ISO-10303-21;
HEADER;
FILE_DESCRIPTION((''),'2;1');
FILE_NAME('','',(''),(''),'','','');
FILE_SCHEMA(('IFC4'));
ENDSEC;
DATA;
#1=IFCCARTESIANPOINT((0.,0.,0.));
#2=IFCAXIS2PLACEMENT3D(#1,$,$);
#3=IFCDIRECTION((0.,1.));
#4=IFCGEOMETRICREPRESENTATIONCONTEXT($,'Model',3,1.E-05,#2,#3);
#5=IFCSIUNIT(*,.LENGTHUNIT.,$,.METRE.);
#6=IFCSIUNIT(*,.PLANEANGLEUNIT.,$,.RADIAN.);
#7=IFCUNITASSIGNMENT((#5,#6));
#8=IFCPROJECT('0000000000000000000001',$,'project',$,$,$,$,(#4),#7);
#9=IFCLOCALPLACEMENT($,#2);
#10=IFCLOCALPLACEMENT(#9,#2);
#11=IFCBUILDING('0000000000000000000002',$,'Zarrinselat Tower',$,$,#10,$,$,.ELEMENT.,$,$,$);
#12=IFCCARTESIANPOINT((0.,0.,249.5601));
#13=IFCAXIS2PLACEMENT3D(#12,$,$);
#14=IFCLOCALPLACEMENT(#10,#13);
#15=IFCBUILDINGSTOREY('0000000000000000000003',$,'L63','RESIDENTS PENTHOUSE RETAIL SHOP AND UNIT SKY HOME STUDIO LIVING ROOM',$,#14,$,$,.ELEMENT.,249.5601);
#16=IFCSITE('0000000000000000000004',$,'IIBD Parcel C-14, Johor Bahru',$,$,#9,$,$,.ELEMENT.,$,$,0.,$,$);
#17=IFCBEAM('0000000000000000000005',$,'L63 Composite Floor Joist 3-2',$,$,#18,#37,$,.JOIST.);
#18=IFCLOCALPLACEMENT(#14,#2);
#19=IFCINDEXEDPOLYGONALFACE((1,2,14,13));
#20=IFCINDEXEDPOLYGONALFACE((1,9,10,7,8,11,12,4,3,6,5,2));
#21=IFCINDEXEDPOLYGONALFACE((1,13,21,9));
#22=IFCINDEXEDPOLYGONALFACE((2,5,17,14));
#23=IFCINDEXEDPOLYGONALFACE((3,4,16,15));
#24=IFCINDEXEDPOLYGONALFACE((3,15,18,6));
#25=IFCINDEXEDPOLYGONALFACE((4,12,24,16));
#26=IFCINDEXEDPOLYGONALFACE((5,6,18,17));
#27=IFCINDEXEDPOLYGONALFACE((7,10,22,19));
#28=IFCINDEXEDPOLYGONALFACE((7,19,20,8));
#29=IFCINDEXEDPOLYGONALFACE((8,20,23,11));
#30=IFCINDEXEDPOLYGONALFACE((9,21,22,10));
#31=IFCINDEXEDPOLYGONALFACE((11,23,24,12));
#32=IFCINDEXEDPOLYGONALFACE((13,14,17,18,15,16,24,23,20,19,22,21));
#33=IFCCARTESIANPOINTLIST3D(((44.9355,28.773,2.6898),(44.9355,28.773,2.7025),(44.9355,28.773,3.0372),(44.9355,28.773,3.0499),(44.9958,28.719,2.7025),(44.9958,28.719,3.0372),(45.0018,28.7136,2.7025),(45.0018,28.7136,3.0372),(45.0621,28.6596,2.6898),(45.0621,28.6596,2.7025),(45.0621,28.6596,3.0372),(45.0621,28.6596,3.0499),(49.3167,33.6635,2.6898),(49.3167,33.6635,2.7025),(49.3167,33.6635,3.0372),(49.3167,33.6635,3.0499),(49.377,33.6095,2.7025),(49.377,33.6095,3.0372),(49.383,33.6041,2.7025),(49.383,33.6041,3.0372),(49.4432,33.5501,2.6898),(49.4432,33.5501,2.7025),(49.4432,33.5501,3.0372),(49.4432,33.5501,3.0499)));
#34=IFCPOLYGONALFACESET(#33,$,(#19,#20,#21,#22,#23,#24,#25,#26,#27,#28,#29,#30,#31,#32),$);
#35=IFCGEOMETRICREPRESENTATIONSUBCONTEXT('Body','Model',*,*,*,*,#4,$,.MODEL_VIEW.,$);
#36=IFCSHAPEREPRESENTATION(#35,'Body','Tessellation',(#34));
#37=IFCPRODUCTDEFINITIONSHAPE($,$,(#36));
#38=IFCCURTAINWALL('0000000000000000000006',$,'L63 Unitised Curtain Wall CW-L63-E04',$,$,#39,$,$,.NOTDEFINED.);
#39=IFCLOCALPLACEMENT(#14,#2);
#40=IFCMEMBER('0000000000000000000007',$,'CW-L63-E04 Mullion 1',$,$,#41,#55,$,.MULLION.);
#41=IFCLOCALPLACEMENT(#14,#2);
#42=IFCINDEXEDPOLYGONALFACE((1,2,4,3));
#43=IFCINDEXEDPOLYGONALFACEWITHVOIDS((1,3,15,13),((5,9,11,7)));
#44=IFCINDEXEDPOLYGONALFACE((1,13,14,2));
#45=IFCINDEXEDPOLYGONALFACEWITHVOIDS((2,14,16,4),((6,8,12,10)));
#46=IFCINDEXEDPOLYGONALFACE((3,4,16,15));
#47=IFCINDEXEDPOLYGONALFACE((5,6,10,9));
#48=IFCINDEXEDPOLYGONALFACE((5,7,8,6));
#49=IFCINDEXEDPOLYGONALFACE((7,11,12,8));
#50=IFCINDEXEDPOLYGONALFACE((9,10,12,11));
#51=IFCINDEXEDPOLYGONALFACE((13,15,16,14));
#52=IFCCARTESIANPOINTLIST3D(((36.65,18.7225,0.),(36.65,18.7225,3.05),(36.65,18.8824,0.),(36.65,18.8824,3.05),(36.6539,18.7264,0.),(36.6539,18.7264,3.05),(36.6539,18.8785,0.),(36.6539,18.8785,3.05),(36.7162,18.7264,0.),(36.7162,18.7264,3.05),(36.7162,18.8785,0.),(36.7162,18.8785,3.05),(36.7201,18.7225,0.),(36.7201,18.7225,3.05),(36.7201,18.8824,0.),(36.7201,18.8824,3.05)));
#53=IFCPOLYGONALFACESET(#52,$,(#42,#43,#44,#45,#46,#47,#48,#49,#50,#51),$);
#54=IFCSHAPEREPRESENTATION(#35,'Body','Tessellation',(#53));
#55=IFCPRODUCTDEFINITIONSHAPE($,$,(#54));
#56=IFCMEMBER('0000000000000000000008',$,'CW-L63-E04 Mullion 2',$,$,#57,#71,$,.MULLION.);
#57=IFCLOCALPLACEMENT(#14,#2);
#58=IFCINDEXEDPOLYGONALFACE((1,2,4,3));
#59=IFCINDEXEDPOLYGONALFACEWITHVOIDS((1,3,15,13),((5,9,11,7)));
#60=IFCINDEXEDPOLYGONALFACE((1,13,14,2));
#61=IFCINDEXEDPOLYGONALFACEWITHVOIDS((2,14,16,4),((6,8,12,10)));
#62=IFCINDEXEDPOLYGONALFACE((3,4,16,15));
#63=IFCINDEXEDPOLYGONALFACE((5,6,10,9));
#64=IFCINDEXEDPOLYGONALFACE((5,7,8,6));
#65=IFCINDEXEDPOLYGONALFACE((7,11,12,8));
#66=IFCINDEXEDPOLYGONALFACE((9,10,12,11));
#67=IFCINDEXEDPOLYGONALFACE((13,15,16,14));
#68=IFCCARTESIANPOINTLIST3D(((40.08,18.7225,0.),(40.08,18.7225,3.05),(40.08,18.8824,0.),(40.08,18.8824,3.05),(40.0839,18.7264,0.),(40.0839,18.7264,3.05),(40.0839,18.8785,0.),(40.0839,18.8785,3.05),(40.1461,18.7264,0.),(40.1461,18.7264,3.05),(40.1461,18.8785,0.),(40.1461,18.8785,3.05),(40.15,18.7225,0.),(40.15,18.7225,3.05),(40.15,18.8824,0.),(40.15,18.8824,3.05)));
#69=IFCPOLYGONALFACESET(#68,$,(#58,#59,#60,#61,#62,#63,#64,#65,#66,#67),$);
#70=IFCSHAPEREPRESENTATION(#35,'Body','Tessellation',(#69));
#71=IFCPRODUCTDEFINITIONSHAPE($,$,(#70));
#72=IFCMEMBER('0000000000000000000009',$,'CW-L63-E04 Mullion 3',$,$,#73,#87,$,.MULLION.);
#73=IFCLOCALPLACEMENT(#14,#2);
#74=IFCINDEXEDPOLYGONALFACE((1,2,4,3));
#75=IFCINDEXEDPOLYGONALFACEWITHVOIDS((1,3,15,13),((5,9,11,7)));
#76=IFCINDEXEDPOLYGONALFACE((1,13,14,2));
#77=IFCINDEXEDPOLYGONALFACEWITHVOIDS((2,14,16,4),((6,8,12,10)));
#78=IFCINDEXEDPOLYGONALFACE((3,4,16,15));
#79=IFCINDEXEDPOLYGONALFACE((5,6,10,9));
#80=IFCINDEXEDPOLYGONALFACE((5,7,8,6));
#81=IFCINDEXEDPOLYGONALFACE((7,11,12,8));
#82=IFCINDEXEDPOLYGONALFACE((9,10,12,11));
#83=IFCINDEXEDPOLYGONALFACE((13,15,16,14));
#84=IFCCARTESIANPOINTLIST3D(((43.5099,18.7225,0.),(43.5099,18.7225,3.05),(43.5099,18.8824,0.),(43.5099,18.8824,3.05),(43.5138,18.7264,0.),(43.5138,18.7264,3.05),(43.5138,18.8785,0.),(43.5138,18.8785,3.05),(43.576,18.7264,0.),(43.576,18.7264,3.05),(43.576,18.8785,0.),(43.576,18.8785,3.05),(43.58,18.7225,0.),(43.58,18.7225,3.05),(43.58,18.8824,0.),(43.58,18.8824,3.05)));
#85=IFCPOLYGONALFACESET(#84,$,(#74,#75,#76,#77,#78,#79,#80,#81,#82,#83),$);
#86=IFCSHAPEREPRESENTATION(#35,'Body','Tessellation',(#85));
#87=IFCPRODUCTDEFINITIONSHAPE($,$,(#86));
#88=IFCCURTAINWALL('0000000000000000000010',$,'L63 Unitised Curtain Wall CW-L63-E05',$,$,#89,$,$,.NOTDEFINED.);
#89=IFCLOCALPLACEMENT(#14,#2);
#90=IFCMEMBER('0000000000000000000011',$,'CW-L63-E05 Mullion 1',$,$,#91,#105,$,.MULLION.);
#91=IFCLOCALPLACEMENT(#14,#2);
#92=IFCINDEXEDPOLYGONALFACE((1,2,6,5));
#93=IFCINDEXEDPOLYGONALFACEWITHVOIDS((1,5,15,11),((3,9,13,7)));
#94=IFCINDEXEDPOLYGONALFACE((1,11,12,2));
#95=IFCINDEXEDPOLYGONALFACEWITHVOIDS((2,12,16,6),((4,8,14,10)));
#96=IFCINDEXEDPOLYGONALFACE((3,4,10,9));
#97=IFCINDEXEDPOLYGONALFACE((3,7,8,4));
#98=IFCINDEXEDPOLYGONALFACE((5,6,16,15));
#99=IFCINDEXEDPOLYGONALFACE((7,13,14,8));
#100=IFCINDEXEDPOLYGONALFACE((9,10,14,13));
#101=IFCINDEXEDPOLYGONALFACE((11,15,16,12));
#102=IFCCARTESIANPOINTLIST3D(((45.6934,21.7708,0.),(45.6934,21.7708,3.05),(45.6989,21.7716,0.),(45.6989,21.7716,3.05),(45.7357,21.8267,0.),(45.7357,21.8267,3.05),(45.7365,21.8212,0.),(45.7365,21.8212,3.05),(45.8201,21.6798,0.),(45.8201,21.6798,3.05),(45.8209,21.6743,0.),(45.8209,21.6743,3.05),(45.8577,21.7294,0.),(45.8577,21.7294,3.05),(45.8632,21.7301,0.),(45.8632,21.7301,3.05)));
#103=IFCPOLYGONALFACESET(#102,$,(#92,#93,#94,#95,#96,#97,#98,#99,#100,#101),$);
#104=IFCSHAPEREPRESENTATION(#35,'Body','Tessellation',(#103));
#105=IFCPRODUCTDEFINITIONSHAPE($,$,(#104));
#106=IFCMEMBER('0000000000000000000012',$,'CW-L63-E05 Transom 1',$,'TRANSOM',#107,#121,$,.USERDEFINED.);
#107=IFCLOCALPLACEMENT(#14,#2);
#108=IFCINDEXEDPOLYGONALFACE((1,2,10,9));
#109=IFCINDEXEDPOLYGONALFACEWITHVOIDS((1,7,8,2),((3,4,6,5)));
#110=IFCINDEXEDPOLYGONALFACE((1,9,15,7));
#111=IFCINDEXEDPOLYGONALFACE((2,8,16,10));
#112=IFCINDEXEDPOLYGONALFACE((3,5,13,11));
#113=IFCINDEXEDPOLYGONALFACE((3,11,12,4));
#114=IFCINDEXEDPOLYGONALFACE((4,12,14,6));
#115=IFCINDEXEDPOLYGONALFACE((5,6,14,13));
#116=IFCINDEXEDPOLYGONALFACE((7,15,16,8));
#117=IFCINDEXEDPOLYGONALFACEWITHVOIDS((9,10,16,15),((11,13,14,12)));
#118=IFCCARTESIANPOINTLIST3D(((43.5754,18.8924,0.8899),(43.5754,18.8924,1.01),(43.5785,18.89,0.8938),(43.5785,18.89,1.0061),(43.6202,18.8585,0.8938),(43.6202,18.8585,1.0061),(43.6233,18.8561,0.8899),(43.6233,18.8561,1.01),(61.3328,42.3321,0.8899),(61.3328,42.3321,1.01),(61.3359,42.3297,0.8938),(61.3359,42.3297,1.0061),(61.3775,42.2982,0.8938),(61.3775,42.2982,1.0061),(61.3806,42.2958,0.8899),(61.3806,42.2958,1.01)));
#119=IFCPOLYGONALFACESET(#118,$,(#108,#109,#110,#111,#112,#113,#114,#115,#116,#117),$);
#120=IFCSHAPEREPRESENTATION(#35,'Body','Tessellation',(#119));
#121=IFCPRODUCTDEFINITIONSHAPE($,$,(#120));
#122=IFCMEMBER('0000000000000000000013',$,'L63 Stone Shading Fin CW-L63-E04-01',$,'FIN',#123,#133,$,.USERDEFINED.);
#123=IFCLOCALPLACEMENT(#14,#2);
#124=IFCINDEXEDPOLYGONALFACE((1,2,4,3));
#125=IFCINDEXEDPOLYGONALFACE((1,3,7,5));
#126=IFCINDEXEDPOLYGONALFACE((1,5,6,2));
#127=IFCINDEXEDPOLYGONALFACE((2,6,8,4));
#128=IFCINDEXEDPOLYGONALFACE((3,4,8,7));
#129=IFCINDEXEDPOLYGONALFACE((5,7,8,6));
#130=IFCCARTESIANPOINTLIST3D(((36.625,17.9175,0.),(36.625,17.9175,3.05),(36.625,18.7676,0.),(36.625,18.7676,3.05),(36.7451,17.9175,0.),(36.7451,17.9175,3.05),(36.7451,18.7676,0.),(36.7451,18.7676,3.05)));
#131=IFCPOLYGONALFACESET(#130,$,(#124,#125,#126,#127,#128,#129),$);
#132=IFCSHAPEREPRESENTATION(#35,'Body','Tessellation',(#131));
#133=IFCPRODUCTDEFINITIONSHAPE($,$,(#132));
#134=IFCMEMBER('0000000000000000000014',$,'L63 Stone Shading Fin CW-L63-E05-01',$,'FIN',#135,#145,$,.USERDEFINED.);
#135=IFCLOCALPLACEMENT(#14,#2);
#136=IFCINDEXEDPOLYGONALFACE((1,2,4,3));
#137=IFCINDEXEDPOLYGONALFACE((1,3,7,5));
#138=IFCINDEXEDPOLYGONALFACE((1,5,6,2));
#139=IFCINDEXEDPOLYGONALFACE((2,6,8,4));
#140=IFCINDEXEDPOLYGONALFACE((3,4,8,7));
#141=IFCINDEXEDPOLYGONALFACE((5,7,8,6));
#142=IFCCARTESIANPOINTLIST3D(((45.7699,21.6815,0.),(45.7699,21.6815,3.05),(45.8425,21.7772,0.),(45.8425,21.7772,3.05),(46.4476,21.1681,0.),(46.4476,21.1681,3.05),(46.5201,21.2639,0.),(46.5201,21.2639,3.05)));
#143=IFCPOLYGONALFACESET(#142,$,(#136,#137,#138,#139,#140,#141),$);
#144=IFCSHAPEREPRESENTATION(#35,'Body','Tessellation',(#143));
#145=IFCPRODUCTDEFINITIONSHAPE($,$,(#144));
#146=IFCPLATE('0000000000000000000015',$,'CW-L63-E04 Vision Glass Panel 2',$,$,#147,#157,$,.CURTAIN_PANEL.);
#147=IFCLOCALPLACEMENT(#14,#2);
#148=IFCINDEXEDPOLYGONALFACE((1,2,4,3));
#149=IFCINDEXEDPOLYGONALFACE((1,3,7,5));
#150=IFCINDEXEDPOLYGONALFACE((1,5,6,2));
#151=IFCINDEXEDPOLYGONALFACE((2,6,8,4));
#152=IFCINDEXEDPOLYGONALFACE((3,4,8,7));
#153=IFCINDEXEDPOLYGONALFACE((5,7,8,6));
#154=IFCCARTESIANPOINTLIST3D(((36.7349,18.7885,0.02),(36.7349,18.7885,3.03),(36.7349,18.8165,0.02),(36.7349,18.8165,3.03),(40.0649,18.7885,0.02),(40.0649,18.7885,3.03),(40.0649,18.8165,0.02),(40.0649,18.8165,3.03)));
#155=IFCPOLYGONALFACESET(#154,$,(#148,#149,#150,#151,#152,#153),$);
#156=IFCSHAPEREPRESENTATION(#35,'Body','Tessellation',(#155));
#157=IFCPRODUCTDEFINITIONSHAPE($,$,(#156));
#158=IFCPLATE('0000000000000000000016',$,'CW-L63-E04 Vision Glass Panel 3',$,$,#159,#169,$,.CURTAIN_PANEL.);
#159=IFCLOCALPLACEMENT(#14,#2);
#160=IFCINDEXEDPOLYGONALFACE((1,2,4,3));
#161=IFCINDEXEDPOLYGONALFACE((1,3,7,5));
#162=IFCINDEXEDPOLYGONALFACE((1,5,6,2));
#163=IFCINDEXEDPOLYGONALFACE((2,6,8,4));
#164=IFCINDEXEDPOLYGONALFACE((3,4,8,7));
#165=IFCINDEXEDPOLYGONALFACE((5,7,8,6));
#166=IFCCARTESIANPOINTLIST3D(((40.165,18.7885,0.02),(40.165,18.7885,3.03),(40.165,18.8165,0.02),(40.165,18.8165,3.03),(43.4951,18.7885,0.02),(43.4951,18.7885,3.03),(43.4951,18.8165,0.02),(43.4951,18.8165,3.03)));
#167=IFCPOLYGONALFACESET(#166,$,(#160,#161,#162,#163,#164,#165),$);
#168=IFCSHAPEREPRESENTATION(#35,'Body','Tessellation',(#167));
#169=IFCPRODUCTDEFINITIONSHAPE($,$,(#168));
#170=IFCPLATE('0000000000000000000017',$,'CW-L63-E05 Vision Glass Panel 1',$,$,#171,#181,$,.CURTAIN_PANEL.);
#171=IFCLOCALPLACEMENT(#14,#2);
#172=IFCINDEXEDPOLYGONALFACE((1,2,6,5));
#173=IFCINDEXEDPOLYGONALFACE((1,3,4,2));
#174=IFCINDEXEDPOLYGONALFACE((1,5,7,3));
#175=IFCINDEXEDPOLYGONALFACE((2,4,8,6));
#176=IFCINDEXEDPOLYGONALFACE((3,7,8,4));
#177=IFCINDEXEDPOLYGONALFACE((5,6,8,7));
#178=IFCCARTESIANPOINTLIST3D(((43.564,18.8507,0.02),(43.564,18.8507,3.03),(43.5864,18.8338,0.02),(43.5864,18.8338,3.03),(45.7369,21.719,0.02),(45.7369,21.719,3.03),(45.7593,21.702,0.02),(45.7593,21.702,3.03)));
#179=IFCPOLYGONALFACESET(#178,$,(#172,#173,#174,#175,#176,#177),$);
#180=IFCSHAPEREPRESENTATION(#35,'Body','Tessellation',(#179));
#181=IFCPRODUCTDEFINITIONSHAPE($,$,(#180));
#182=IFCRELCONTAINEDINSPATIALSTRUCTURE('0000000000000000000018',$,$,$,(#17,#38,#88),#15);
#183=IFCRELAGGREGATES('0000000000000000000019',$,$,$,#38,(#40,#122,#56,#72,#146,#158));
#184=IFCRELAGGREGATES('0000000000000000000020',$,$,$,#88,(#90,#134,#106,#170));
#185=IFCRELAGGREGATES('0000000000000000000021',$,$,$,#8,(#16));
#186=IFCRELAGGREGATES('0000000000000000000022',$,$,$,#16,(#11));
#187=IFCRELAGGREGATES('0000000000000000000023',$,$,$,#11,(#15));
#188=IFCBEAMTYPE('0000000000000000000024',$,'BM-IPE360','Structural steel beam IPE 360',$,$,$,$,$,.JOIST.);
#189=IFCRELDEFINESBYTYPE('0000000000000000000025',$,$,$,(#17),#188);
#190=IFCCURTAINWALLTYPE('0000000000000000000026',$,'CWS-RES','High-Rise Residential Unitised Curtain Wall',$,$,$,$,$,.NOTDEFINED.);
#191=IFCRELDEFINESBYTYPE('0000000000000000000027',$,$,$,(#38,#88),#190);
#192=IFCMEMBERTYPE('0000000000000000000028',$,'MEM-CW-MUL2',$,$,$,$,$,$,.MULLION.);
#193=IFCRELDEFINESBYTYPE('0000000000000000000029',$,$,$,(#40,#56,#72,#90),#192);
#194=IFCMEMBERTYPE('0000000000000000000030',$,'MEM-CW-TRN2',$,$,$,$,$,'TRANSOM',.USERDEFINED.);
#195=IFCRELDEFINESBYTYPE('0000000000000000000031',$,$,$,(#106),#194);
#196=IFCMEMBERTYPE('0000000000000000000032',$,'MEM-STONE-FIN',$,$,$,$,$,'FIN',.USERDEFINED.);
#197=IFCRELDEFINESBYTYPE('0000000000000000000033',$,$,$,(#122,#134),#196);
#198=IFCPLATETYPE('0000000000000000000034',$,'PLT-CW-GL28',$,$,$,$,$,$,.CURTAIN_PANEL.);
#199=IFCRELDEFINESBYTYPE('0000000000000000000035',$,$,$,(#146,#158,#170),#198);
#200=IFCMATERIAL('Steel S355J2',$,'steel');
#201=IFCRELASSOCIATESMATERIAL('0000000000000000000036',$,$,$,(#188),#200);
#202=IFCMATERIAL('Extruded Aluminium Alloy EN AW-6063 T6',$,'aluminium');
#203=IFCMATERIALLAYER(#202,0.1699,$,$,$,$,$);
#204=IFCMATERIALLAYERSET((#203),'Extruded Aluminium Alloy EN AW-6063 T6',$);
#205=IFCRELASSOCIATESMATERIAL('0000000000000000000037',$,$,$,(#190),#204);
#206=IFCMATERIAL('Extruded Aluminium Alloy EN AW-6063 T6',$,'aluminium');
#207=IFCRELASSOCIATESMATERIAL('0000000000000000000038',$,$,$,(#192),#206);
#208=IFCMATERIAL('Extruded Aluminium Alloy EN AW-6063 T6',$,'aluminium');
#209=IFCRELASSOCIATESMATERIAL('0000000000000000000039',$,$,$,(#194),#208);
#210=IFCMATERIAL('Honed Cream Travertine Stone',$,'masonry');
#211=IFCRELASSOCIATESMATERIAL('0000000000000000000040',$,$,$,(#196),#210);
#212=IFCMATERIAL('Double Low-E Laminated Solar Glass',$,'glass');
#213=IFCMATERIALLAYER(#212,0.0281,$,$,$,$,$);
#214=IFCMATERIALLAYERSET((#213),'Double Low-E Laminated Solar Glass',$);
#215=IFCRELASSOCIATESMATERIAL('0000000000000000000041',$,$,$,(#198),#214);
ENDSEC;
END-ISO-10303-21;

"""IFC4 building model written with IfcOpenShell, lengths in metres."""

from ifc_helpers import new_model, si_unit, direction, frame, origin, origin_2d, place, context, subcontext, project, spatial, rectangle, hollow_rectangle, i_section, extrude, material, layer, layer_set, material_profile, profile_set, type_object, element, aggregate, save


model = new_model("IFC4")

# Units and contexts
model_context = context("Model", 3, precision=1e-05, world=origin(), true_north=direction((0.0, 1.0)))
body_context = subcontext(model_context, "Body", "Model", "MODEL_VIEW")
ifc_project = project(units=[si_unit("LENGTHUNIT", "METRE"), si_unit("PLANEANGLEUNIT", "RADIAN")], contexts=[model_context])

# Site, building, storey
site_placement = place(None, origin())
site = spatial("IfcSite", under=ifc_project, at=site_placement, Name="IIBD Parcel C-14, Johor Bahru", CompositionType="ELEMENT", RefElevation=0.0)
building_placement = place(site_placement, origin())
building = spatial("IfcBuilding", under=site, at=building_placement, Name="Zarrinselat Tower", CompositionType="ELEMENT")
storey_placement = place(building_placement, frame((0.0, 0.0, 249.5601)))
storey = spatial("IfcBuildingStorey", under=building, at=storey_placement, Name="L63", Description="RESIDENTS PENTHOUSE RETAIL SHOP AND UNIT SKY HOME STUDIO LIVING ROOM", CompositionType="ELEMENT", Elevation=249.5601)

# Beam
ifc_material_1 = material(Name="Steel S355J2", Category="steel")
ifc_material_profile_1 = material_profile(ifc_material_1, i_section(OverallWidth=0.1699, OverallDepth=0.3601, WebThickness=0.0081, FlangeThickness=0.0127, at=origin_2d()), Name="IPE 360")
ifc_profile_set_1 = profile_set([ifc_material_profile_1], Name="Steel S355J2")
beam_type_1 = type_object("IfcBeamType", Name="BM-IPE360", Description="Structural steel beam IPE 360", PredefinedType="JOIST", material=ifc_profile_set_1)
beam_1_placement = place(storey_placement, frame((44.9988, 28.7163, 2.8699), z_axis=(0.66726, 0.744825, 0.0), x_axis=(-0.744825, 0.66726, 0.0)))
element("IfcBeam", 1, at=beam_1_placement, inside=storey, type_object=beam_type_1, Name="L63 Composite Floor Joist 3-2", PredefinedType="JOIST", context=body_context, shape_type="SweptSolid", body=[
    extrude(i_section(OverallWidth=0.1699, OverallDepth=0.3601, WebThickness=0.0081, FlangeThickness=0.0127, at=origin_2d()), origin(), (0.0, 0.0, 1.0), 6.5659),
])

# Curtain walls, members
ifc_material_2 = material(Name="Extruded Aluminium Alloy EN AW-6063 T6", Category="aluminium")
ifc_layer_1 = layer(ifc_material_2, 0.1699)
ifc_layer_set_1 = layer_set([ifc_layer_1], Name="Extruded Aluminium Alloy EN AW-6063 T6")
curtain_wall_type = type_object("IfcCurtainWallType", Name="CWS-RES", Description="High-Rise Residential Unitised Curtain Wall", PredefinedType="NOTDEFINED", material=ifc_layer_set_1)
curtain_wall_1_placement = place(storey_placement, origin())
curtain_wall_1 = element("IfcCurtainWall", 2, at=curtain_wall_1_placement, inside=storey, type_object=curtain_wall_type, Name="L63 Unitised Curtain Wall CW-L63-E04", PredefinedType="NOTDEFINED")
ifc_material_3 = material(Name="Extruded Aluminium Alloy EN AW-6063 T6", Category="aluminium")
ifc_material_profile_2 = material_profile(ifc_material_3, hollow_rectangle(XDim=0.0701, YDim=0.1599, WallThickness=0.0039, at=origin_2d()), Name="RHS 160x70x4")
ifc_profile_set_2 = profile_set([ifc_material_profile_2], Name="Extruded Aluminium Alloy EN AW-6063 T6")
member_type_1 = type_object("IfcMemberType", Name="MEM-CW-MUL2", PredefinedType="MULLION", material=ifc_profile_set_2)
member_1_placement = place(storey_placement, frame((36.6851, 18.8025, 0.0), z_axis=(0.0, 0.0, 1.0), x_axis=(1.0, 0.0, 0.0)))
member_1 = element("IfcMember", 3, at=member_1_placement, type_object=member_type_1, Name="CW-L63-E04 Mullion 1", PredefinedType="MULLION", context=body_context, shape_type="SweptSolid", body=[
    extrude(hollow_rectangle(XDim=0.0701, YDim=0.1599, WallThickness=0.0039, at=origin_2d()), origin(), (0.0, 0.0, 1.0), 3.05),
])
member_2_placement = place(storey_placement, frame((40.115, 18.8025, 0.0), z_axis=(0.0, 0.0, 1.0), x_axis=(1.0, 0.0, 0.0)))
member_2 = element("IfcMember", 4, at=member_2_placement, type_object=member_type_1, Name="CW-L63-E04 Mullion 2", PredefinedType="MULLION", context=body_context, shape_type="SweptSolid", body=[
    extrude(hollow_rectangle(XDim=0.0701, YDim=0.1599, WallThickness=0.0039, at=origin_2d()), origin(), (0.0, 0.0, 1.0), 3.05),
])
member_3_placement = place(storey_placement, frame((43.5449, 18.8025, 0.0), z_axis=(0.0, 0.0, 1.0), x_axis=(1.0, 0.0, 0.0)))
member_3 = element("IfcMember", 5, at=member_3_placement, type_object=member_type_1, Name="CW-L63-E04 Mullion 3", PredefinedType="MULLION", context=body_context, shape_type="SweptSolid", body=[
    extrude(hollow_rectangle(XDim=0.0701, YDim=0.1599, WallThickness=0.0039, at=origin_2d()), origin(), (0.0, 0.0, 1.0), 3.05),
])
curtain_wall_2_placement = place(storey_placement, origin())
curtain_wall_2 = element("IfcCurtainWall", 6, at=curtain_wall_2_placement, inside=storey, type_object=curtain_wall_type, Name="L63 Unitised Curtain Wall CW-L63-E05", PredefinedType="NOTDEFINED")
member_4_placement = place(storey_placement, frame((45.7783, 21.7505, 0.0), z_axis=(0.0, 0.0, 1.0), x_axis=(0.603856, 0.797094, 0.0)))
member_4 = element("IfcMember", 7, at=member_4_placement, type_object=member_type_1, Name="CW-L63-E05 Mullion 1", PredefinedType="MULLION", context=body_context, shape_type="SweptSolid", body=[
    extrude(hollow_rectangle(XDim=0.0701, YDim=0.1599, WallThickness=0.0039, at=origin_2d()), origin(), (0.0, 0.0, 1.0), 3.05),
])
ifc_material_4 = material(Name="Extruded Aluminium Alloy EN AW-6063 T6", Category="aluminium")
ifc_material_profile_3 = material_profile(ifc_material_4, hollow_rectangle(XDim=0.0601, YDim=0.1201, WallThickness=0.0039, at=origin_2d()), Name="RHS 120x60x4")
ifc_profile_set_3 = profile_set([ifc_material_profile_3], Name="Extruded Aluminium Alloy EN AW-6063 T6")
member_type_2 = type_object("IfcMemberType", Name="MEM-CW-TRN2", ElementType="TRANSOM", PredefinedType="USERDEFINED", material=ifc_profile_set_3)
member_5_placement = place(storey_placement, frame((43.5994, 18.8743, 0.95), z_axis=(0.603857, 0.797093, 0.0), x_axis=(-0.797093, 0.603857, 0.0)))
member_5 = element("IfcMember", 8, at=member_5_placement, type_object=member_type_2, Name="CW-L63-E05 Transom 1", ObjectType="TRANSOM", PredefinedType="USERDEFINED", context=body_context, shape_type="SweptSolid", body=[
    extrude(hollow_rectangle(XDim=0.0601, YDim=0.1201, WallThickness=0.0039, at=origin_2d()), origin(), (0.0, 0.0, 1.0), 29.4065),
])

# Members
ifc_material_5 = material(Name="Honed Cream Travertine Stone", Category="masonry")
ifc_material_profile_4 = material_profile(ifc_material_5, rectangle(XDim=0.1201, YDim=0.8501, at=origin_2d()), Name="FIN 850x120")
ifc_profile_set_4 = profile_set([ifc_material_profile_4], Name="Honed Cream Travertine Stone")
member_type_3 = type_object("IfcMemberType", Name="MEM-STONE-FIN", ElementType="FIN", PredefinedType="USERDEFINED", material=ifc_profile_set_4)
member_6_placement = place(storey_placement, frame((36.6851, 18.3425, 0.0), z_axis=(0.0, 0.0, 1.0), x_axis=(-1.0, 0.0, 0.0)))
member_6 = element("IfcMember", 9, at=member_6_placement, type_object=member_type_3, Name="L63 Stone Shading Fin CW-L63-E04-01", ObjectType="FIN", PredefinedType="USERDEFINED", context=body_context, shape_type="SweptSolid", body=[
    extrude(rectangle(XDim=0.1201, YDim=0.8501, at=origin_2d()), origin(), (0.0, 0.0, 1.0), 3.05),
])
member_7_placement = place(storey_placement, frame((46.145, 21.4727, 0.0), z_axis=(0.0, 0.0, 1.0), x_axis=(-0.603856, -0.797094, 0.0)))
member_7 = element("IfcMember", 10, at=member_7_placement, type_object=member_type_3, Name="L63 Stone Shading Fin CW-L63-E05-01", ObjectType="FIN", PredefinedType="USERDEFINED", context=body_context, shape_type="SweptSolid", body=[
    extrude(rectangle(XDim=0.1201, YDim=0.8501, at=origin_2d()), origin(), (0.0, 0.0, 1.0), 3.05),
])

# Plates
ifc_material_6 = material(Name="Double Low-E Laminated Solar Glass", Category="glass")
ifc_layer_2 = layer(ifc_material_6, 0.0281)
ifc_layer_set_2 = layer_set([ifc_layer_2], Name="Double Low-E Laminated Solar Glass")
plate_type = type_object("IfcPlateType", Name="PLT-CW-GL28", PredefinedType="CURTAIN_PANEL", material=ifc_layer_set_2)
plate_1_placement = place(storey_placement, frame((38.3999, 18.8025, 0.02), z_axis=(0.0, 0.0, 1.0), x_axis=(1.0, 0.0, 0.0)))
plate_1 = element("IfcPlate", 11, at=plate_1_placement, type_object=plate_type, Name="CW-L63-E04 Vision Glass Panel 2", PredefinedType="CURTAIN_PANEL", context=body_context, shape_type="SweptSolid", body=[
    extrude(rectangle(XDim=3.3301, YDim=0.0281, at=origin_2d()), origin(), (0.0, 0.0, 1.0), 3.01),
])
plate_2_placement = place(storey_placement, frame((41.8301, 18.8025, 0.02), z_axis=(0.0, 0.0, 1.0), x_axis=(1.0, 0.0, 0.0)))
plate_2 = element("IfcPlate", 12, at=plate_2_placement, type_object=plate_type, Name="CW-L63-E04 Vision Glass Panel 3", PredefinedType="CURTAIN_PANEL", context=body_context, shape_type="SweptSolid", body=[
    extrude(rectangle(XDim=3.3301, YDim=0.0281, at=origin_2d()), origin(), (0.0, 0.0, 1.0), 3.01),
])
aggregate(curtain_wall_1, [member_1, member_6, member_2, member_3, plate_1, plate_2])
plate_3_placement = place(storey_placement, frame((44.6616, 20.2764, 0.02), z_axis=(0.0, 0.0, 1.0), x_axis=(0.603856, 0.797094, 0.0)))
plate_3 = element("IfcPlate", 13, at=plate_3_placement, type_object=plate_type, Name="CW-L63-E05 Vision Glass Panel 1", PredefinedType="CURTAIN_PANEL", context=body_context, shape_type="SweptSolid", body=[
    extrude(rectangle(XDim=3.5984, YDim=0.0281, at=origin_2d()), origin(), (0.0, 0.0, 1.0), 3.01),
])
aggregate(curtain_wall_2, [member_4, member_7, member_5, plate_3])

save(model, "model.ifc")
